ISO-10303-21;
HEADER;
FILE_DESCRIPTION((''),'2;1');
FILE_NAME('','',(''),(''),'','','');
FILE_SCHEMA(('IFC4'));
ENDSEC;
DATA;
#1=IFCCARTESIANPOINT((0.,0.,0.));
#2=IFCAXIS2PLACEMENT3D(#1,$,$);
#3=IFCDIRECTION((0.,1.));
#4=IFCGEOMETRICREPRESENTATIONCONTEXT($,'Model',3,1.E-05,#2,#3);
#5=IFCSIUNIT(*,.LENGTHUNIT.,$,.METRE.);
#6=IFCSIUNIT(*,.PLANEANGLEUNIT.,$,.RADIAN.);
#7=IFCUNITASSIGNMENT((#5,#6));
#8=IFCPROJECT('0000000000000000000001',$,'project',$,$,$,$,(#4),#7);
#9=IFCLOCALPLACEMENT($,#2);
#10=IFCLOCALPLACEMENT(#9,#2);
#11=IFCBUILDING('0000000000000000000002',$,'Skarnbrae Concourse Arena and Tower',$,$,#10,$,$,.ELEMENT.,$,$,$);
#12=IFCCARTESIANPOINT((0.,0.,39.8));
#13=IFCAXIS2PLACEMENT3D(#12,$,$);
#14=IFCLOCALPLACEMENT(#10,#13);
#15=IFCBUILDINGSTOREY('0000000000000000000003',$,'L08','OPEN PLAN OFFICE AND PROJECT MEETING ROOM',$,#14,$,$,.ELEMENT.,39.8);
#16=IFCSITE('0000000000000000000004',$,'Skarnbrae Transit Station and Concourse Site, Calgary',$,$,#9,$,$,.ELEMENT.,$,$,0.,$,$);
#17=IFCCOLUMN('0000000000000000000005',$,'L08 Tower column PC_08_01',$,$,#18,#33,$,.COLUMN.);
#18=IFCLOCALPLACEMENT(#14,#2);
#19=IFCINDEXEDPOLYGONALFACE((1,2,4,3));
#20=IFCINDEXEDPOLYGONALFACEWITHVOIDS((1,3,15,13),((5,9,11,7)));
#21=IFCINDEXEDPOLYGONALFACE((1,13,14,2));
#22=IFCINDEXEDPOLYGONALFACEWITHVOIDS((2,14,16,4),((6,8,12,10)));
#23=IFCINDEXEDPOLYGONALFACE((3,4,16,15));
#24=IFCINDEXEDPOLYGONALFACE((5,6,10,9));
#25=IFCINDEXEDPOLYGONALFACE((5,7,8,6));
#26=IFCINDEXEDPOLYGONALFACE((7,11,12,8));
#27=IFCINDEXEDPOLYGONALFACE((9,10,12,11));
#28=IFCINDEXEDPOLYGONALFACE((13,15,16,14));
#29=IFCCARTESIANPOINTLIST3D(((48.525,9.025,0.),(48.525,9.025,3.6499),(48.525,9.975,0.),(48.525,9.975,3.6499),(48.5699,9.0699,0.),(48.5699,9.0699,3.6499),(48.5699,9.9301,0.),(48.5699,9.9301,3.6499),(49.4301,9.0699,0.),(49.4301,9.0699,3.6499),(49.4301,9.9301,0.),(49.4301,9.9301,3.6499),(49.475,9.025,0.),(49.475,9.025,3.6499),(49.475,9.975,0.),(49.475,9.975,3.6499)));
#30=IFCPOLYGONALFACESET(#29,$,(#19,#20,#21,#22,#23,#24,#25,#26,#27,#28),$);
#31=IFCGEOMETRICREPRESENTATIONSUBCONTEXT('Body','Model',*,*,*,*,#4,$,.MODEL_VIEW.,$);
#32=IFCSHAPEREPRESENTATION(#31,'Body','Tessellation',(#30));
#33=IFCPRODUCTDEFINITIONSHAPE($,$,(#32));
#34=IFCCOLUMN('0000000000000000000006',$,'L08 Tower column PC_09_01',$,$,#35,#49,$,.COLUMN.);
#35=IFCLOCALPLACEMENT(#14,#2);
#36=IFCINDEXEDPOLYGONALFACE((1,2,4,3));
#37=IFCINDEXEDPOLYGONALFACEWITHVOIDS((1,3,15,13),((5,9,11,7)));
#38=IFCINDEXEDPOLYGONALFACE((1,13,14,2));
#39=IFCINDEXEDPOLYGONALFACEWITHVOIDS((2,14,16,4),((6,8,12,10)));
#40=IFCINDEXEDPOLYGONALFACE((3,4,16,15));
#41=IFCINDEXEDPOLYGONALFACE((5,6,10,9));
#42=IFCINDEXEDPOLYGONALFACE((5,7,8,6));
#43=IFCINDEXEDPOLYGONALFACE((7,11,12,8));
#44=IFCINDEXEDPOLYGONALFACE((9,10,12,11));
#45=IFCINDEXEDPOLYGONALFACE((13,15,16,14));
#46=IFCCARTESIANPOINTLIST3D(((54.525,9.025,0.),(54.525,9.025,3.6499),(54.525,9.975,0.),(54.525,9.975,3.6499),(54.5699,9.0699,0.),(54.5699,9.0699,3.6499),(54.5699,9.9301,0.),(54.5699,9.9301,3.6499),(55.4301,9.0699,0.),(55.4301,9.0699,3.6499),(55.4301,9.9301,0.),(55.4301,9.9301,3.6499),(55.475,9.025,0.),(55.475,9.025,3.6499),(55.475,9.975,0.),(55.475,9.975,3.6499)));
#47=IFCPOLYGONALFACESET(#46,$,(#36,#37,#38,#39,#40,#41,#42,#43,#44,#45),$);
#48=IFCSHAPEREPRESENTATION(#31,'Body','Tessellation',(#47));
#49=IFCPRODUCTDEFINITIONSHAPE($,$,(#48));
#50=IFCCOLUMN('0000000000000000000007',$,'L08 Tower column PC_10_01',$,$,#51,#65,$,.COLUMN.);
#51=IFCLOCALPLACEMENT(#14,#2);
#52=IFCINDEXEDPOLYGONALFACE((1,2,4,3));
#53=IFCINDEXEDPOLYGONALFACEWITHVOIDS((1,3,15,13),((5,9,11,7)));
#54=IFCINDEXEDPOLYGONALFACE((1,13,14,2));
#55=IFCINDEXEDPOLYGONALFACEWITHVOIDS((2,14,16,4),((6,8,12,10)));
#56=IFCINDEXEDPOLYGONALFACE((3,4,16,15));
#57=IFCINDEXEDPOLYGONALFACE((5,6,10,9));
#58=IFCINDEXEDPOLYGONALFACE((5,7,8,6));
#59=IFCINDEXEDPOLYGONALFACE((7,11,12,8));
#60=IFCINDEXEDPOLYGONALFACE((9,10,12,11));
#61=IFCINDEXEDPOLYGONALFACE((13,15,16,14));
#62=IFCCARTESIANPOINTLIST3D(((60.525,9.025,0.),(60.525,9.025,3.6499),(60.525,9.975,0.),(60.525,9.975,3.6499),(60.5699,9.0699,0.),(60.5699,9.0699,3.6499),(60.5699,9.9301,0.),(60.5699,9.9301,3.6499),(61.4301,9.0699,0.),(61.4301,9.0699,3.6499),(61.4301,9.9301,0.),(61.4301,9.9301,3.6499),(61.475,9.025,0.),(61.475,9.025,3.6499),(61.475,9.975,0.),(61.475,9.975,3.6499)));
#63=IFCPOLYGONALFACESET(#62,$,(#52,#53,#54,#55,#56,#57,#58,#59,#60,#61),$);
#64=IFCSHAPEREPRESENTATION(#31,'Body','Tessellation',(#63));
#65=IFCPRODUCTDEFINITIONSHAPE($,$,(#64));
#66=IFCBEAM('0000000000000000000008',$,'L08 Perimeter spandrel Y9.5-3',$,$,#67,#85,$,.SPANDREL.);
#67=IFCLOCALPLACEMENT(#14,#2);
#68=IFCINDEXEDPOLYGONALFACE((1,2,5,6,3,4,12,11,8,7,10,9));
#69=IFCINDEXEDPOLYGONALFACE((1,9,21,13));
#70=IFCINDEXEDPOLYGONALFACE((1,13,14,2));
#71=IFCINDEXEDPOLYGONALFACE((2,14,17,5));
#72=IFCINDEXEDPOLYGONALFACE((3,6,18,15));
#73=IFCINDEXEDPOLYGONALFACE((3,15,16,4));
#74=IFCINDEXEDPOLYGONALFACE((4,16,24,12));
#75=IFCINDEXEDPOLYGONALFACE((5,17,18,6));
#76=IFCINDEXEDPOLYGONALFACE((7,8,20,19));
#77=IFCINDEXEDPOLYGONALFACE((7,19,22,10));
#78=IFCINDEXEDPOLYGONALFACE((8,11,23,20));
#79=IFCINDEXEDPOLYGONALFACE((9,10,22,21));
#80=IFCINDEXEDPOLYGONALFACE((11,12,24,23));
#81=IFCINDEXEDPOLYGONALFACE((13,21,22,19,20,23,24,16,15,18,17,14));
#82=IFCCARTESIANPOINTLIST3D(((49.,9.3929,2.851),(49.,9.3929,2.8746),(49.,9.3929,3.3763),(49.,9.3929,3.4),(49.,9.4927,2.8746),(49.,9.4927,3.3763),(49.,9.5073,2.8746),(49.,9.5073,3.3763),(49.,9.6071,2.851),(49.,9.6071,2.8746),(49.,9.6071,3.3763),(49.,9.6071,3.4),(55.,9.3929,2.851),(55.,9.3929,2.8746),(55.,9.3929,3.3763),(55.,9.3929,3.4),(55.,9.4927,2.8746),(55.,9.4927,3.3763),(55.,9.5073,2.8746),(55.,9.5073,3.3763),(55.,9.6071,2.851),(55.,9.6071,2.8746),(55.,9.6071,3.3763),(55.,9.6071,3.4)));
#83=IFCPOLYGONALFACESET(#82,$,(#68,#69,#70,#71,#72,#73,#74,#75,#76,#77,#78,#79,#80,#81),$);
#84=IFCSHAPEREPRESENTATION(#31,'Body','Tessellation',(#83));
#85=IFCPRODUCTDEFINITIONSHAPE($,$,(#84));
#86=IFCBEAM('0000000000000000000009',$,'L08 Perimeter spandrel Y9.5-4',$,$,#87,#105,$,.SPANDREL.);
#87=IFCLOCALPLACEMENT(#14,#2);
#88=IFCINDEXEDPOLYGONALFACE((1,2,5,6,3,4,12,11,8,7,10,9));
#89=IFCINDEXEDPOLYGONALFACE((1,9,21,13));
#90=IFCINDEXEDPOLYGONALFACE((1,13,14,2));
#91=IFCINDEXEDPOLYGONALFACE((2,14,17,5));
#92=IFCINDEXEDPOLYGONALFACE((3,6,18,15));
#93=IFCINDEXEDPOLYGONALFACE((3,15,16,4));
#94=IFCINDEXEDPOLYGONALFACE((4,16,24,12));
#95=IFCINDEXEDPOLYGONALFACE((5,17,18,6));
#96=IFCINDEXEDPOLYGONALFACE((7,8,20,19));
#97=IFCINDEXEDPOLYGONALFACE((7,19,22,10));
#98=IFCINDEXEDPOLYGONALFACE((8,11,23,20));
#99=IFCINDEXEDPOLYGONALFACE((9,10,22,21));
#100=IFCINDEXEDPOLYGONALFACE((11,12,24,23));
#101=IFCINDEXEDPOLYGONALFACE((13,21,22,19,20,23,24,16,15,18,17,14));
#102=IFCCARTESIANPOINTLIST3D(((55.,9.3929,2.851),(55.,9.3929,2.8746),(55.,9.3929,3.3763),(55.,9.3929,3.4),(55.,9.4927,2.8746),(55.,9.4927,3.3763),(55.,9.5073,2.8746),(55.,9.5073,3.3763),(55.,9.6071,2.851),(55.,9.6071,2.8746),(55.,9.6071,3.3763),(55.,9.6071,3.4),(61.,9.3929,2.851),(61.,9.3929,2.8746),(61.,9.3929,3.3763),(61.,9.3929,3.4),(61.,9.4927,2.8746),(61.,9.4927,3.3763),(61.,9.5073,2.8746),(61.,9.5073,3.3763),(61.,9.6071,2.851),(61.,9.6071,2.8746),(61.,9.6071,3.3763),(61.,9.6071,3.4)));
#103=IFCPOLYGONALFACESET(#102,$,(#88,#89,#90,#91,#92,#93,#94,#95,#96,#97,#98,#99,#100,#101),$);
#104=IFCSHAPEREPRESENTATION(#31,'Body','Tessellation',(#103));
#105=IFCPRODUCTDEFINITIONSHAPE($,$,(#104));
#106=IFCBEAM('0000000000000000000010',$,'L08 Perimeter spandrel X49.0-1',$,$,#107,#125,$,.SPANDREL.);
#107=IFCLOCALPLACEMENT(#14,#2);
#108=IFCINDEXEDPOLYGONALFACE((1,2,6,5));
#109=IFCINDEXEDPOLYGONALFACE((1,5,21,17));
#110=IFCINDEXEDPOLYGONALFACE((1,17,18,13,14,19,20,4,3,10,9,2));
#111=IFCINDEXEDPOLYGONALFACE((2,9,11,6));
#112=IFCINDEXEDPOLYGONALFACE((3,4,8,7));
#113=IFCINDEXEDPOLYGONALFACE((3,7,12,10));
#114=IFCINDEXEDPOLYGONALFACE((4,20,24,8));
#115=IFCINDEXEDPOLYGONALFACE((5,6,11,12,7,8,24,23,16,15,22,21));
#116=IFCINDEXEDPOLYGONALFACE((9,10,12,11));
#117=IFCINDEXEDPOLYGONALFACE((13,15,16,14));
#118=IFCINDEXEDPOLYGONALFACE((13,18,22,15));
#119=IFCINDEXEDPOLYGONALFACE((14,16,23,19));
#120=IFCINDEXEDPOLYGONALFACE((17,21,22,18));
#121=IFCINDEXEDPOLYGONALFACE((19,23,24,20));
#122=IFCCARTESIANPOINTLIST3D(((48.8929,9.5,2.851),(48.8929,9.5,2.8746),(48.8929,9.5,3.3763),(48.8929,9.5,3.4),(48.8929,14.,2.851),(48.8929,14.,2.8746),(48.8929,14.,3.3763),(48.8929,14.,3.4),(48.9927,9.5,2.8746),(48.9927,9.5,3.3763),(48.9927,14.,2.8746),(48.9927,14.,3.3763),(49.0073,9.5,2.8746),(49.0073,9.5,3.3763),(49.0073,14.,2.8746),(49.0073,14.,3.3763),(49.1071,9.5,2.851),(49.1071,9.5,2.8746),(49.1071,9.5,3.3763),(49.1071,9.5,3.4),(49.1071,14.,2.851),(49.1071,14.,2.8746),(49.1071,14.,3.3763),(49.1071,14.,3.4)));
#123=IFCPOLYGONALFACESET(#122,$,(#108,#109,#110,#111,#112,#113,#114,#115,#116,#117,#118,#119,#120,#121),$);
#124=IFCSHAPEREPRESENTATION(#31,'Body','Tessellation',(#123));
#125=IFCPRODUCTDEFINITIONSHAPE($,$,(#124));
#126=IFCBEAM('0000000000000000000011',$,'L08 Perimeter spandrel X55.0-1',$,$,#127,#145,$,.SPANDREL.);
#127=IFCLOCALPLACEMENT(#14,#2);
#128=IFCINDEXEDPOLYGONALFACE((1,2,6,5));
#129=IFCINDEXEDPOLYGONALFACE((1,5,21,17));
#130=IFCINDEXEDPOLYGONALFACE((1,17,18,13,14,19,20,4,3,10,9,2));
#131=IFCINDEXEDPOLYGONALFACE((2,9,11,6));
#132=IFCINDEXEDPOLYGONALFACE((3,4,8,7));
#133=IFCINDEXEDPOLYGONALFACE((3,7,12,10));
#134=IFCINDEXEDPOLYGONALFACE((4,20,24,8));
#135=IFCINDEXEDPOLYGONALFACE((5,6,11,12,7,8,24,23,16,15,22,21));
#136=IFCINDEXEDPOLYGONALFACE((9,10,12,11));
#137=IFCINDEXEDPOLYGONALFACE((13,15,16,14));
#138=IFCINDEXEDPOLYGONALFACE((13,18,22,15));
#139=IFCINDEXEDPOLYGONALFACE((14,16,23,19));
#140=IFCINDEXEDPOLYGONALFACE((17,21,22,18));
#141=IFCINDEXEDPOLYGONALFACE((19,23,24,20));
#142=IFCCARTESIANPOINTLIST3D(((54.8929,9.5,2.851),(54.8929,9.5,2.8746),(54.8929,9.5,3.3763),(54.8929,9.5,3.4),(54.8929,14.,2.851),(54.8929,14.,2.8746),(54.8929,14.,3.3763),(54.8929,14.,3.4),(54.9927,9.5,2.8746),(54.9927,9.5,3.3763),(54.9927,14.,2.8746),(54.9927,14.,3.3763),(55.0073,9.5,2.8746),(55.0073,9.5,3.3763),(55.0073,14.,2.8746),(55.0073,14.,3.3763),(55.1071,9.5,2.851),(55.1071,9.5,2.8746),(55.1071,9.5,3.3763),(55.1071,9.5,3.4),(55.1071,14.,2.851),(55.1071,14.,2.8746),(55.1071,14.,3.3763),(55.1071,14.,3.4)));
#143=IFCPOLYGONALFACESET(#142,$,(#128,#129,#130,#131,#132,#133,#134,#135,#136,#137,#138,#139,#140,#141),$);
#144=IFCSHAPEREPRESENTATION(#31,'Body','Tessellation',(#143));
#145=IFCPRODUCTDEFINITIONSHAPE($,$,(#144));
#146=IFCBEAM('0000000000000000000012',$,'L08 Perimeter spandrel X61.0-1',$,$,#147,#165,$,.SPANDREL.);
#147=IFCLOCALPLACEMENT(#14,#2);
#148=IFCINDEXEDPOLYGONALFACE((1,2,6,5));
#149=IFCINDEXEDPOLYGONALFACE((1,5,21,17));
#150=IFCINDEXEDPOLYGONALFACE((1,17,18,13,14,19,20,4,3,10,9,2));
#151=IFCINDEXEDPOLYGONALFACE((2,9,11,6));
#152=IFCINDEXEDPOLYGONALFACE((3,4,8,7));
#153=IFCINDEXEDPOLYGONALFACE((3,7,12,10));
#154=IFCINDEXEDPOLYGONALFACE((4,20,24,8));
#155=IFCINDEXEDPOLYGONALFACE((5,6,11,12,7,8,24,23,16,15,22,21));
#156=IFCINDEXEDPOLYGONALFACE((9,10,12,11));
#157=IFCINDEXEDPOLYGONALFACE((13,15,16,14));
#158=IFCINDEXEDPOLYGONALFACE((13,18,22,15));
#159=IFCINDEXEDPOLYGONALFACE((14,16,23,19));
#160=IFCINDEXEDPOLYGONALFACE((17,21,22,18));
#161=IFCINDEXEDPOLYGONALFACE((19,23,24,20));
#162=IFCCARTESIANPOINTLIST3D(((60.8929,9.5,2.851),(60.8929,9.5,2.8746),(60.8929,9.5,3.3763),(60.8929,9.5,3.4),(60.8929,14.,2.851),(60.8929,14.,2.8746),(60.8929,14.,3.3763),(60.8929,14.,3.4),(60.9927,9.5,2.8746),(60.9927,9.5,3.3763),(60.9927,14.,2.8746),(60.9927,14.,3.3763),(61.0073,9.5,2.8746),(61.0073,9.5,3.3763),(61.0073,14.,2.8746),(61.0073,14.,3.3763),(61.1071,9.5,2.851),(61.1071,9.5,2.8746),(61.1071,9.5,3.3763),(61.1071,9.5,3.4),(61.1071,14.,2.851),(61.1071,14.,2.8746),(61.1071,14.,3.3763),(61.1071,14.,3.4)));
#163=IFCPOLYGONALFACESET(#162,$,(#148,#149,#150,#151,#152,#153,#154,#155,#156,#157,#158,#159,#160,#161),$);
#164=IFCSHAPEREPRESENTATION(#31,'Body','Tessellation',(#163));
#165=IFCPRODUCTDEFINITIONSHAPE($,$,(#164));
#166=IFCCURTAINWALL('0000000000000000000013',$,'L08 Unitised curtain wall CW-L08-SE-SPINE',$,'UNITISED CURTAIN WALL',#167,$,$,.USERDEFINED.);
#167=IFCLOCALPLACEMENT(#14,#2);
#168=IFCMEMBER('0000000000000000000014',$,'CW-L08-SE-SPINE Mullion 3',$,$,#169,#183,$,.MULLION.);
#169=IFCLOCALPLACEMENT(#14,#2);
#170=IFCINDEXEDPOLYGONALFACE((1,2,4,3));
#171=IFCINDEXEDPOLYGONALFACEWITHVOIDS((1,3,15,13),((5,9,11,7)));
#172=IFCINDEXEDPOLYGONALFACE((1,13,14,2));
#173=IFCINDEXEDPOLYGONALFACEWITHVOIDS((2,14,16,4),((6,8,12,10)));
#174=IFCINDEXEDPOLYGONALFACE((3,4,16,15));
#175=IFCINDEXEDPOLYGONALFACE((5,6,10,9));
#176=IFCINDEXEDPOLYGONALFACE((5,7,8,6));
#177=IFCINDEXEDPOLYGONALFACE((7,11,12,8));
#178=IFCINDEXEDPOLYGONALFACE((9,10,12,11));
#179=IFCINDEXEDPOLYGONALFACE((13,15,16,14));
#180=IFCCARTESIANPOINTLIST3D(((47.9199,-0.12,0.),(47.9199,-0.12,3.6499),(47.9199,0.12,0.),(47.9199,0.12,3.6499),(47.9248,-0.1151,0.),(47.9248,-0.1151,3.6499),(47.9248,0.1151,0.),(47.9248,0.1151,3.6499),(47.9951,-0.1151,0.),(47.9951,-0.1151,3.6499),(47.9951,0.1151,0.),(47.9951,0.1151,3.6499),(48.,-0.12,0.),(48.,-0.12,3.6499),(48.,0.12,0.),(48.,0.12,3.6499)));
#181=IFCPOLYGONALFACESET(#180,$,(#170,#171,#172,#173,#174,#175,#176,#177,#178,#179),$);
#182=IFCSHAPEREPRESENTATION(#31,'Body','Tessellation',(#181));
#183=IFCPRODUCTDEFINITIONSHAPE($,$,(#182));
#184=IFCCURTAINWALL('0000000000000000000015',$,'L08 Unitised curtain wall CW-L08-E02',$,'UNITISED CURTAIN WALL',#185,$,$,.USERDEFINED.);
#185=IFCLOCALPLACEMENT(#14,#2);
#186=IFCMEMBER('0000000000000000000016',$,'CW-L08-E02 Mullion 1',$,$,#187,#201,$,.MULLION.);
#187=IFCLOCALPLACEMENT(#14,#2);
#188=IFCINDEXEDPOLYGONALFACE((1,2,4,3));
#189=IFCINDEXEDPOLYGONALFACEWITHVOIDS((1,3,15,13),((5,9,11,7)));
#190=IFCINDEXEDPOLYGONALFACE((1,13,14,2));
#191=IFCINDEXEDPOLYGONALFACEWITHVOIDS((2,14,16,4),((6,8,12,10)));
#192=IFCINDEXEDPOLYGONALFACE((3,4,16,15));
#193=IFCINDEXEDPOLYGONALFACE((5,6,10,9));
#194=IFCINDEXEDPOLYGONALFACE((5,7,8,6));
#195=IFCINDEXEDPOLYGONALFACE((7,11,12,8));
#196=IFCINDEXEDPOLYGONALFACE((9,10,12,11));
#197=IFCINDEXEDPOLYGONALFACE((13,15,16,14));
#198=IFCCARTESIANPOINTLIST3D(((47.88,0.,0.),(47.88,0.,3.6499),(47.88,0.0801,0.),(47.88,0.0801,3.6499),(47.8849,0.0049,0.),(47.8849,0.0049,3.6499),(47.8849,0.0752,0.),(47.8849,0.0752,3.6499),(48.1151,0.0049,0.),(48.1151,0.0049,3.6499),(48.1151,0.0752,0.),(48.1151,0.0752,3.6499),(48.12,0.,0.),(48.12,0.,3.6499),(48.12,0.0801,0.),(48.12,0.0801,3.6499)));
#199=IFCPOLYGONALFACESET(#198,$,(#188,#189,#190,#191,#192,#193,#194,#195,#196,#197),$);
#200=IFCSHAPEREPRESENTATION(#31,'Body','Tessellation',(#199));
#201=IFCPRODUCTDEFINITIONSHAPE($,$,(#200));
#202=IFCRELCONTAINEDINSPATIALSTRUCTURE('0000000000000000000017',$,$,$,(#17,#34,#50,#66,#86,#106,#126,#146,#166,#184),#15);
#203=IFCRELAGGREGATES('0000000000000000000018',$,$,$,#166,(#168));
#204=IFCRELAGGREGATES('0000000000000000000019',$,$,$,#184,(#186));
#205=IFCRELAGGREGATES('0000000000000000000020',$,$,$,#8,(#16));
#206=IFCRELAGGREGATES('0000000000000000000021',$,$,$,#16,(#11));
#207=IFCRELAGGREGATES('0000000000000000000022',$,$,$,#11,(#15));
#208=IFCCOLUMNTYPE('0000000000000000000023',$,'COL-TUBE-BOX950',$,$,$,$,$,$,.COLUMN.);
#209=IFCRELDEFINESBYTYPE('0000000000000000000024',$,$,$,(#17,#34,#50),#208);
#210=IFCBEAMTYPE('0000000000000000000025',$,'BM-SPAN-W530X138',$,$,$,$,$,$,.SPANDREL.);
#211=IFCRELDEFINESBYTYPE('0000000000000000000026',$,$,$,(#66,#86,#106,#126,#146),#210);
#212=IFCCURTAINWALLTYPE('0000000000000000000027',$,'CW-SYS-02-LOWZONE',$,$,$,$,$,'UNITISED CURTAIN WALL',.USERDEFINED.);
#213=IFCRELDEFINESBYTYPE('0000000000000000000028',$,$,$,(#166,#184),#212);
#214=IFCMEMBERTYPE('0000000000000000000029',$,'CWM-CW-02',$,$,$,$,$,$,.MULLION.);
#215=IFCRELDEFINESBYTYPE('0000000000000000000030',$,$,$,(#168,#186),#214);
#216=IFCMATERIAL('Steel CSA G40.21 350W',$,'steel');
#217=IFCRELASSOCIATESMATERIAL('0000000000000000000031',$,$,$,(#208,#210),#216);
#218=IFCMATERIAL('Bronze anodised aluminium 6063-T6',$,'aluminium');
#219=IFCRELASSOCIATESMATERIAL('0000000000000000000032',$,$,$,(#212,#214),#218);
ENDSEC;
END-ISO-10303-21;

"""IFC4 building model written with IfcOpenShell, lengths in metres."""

from ifc_helpers import new_model, si_unit, direction, frame, origin, origin_2d, place, context, subcontext, project, spatial, hollow_rectangle, i_section, extrude, source, transform, mapped, material, material_profile, profile_set, type_object, element, aggregate, save


model = new_model("IFC4")

# Units and contexts
model_context = context("Model", 3, precision=1e-05, world=origin(), true_north=direction((0.0, 1.0)))
body_context = subcontext(model_context, "Body", "Model", "MODEL_VIEW")
ifc_project = project(units=[si_unit("LENGTHUNIT", "METRE"), si_unit("PLANEANGLEUNIT", "RADIAN")], contexts=[model_context])

# Site, building, storey
site_placement = place(None, origin())
site = spatial("IfcSite", under=ifc_project, at=site_placement, Name="Skarnbrae Transit Station and Concourse Site, Calgary", CompositionType="ELEMENT", RefElevation=0.0)
building_placement = place(site_placement, origin())
building = spatial("IfcBuilding", under=site, at=building_placement, Name="Skarnbrae Concourse Arena and Tower", CompositionType="ELEMENT")
storey_placement = place(building_placement, frame((0.0, 0.0, 39.8)))
storey = spatial("IfcBuildingStorey", under=building, at=storey_placement, Name="L08", Description="OPEN PLAN OFFICE AND PROJECT MEETING ROOM", CompositionType="ELEMENT", Elevation=39.8)

# Columns
ifc_material_1 = material(Name="Steel CSA G40.21 350W", Category="steel")
ifc_material_profile_1 = material_profile(ifc_material_1, hollow_rectangle(XDim=0.95, YDim=0.95, WallThickness=0.0449, at=origin_2d()), Name="BOX950X950X45")
ifc_profile_set_1 = profile_set([ifc_material_profile_1], Name="Steel CSA G40.21 350W")
column_type = type_object("IfcColumnType", Name="COL-TUBE-BOX950", PredefinedType="COLUMN", material=ifc_profile_set_1)
shared_shape_1 = source(origin(), body_context, "Body", "SweptSolid", [
    extrude(hollow_rectangle(XDim=0.95, YDim=0.95, WallThickness=0.0449, at=origin_2d()), origin(), (0.0, 0.0, 1.0), 3.6499),
])
for number, where, z_axis, x_axis, name in (
    (1, (49.0, 9.5, 0.0), (0.0, 0.0, 1.0), (1.0, 0.0, 0.0), "L08 Tower column PC_08_01"),
    (2, (55.0, 9.5, 0.0), (0.0, 0.0, 1.0), (1.0, 0.0, 0.0), "L08 Tower column PC_09_01"),
    (3, (61.0, 9.5, 0.0), (0.0, 0.0, 1.0), (1.0, 0.0, 0.0), "L08 Tower column PC_10_01"),
):
    element("IfcColumn", number, at=place(storey_placement, frame(where, z_axis=z_axis, x_axis=x_axis)), inside=storey, type_object=column_type, Name=name, PredefinedType="COLUMN", context=body_context, shape_type="MappedRepresentation", body=[
        mapped(shared_shape_1, transform((0.0, 0.0, 0.0))),
    ])

# Beams
ifc_material_profile_2 = material_profile(ifc_material_1, i_section(OverallWidth=0.2141, OverallDepth=0.5491, WebThickness=0.0146, FlangeThickness=0.0237, at=origin_2d()), Name="W530X138")
ifc_profile_set_2 = profile_set([ifc_material_profile_2], Name="Steel CSA G40.21 350W")
beam_type = type_object("IfcBeamType", Name="BM-SPAN-W530X138", PredefinedType="SPANDREL", material=ifc_profile_set_2)
shared_shape_2 = source(origin(), body_context, "Body", "SweptSolid", [
    extrude(i_section(OverallWidth=0.2141, OverallDepth=0.5491, WebThickness=0.0146, FlangeThickness=0.0237, at=origin_2d()), origin(), (0.0, 0.0, 1.0), 6.0),
])
for number, where, z_axis, x_axis, name in (
    (4, (49.0, 9.5, 3.1255), (1.0, 0.0, 0.0), (0.0, 1.0, 0.0), "L08 Perimeter spandrel Y9.5-3"),
    (5, (55.0, 9.5, 3.1255), (1.0, 0.0, 0.0), (0.0, 1.0, 0.0), "L08 Perimeter spandrel Y9.5-4"),
):
    element("IfcBeam", number, at=place(storey_placement, frame(where, z_axis=z_axis, x_axis=x_axis)), inside=storey, type_object=beam_type, Name=name, PredefinedType="SPANDREL", context=body_context, shape_type="MappedRepresentation", body=[
        mapped(shared_shape_2, transform((0.0, 0.0, 0.0))),
    ])
shared_shape_3 = source(origin(), body_context, "Body", "SweptSolid", [
    extrude(i_section(OverallWidth=0.2141, OverallDepth=0.5491, WebThickness=0.0146, FlangeThickness=0.0237, at=origin_2d()), origin(), (0.0, 0.0, 1.0), 4.5),
])
for number, where, z_axis, x_axis, name in (
    (6, (49.0, 9.5, 3.1255), (0.0, 1.0, 0.0), (-1.0, 0.0, 0.0), "L08 Perimeter spandrel X49.0-1"),
    (7, (55.0, 9.5, 3.1255), (0.0, 1.0, 0.0), (-1.0, 0.0, 0.0), "L08 Perimeter spandrel X55.0-1"),
    (8, (61.0, 9.5, 3.1255), (0.0, 1.0, 0.0), (-1.0, 0.0, 0.0), "L08 Perimeter spandrel X61.0-1"),
):
    element("IfcBeam", number, at=place(storey_placement, frame(where, z_axis=z_axis, x_axis=x_axis)), inside=storey, type_object=beam_type, Name=name, PredefinedType="SPANDREL", context=body_context, shape_type="MappedRepresentation", body=[
        mapped(shared_shape_3, transform((0.0, 0.0, 0.0))),
    ])

# Curtain wall, member
ifc_material_2 = material(Name="Bronze anodised aluminium 6063-T6", Category="aluminium")
curtain_wall_type = type_object("IfcCurtainWallType", Name="CW-SYS-02-LOWZONE", ElementType="UNITISED CURTAIN WALL", PredefinedType="USERDEFINED", material=ifc_material_2)
curtain_wall_1_placement = place(storey_placement, origin())
curtain_wall_1 = element("IfcCurtainWall", 9, at=curtain_wall_1_placement, inside=storey, type_object=curtain_wall_type, Name="L08 Unitised curtain wall CW-L08-SE-SPINE", ObjectType="UNITISED CURTAIN WALL", PredefinedType="USERDEFINED")
ifc_material_profile_3 = material_profile(ifc_material_2, hollow_rectangle(XDim=0.0801, YDim=0.24, WallThickness=0.0049, at=origin_2d()), Name="ALU-MULL-80X240")
ifc_profile_set_3 = profile_set([ifc_material_profile_3], Name="Bronze anodised aluminium 6063-T6")
member_type_1 = type_object("IfcMemberType", Name="CWM-CW-02", PredefinedType="MULLION", material=ifc_profile_set_3)
shared_shape_4 = source(origin(), body_context, "Body", "SweptSolid", [
    extrude(hollow_rectangle(XDim=0.0801, YDim=0.24, WallThickness=0.0049, at=origin_2d()), origin(), (0.0, 0.0, 1.0), 3.6499),
])
member_1_placement = place(storey_placement, frame((47.96, 0.0, 0.0), z_axis=(0.0, 0.0, 1.0), x_axis=(1.0, 0.0, 0.0)))
member_1 = element("IfcMember", 10, at=member_1_placement, type_object=member_type_1, Name="CW-L08-SE-SPINE Mullion 3", PredefinedType="MULLION", context=body_context, shape_type="MappedRepresentation", body=[
    mapped(shared_shape_4, transform((0.0, 0.0, 0.0))),
])
aggregate(curtain_wall_1, [member_1])

# Curtain wall, member
curtain_wall_2_placement = place(storey_placement, origin())
curtain_wall_2 = element("IfcCurtainWall", 11, at=curtain_wall_2_placement, inside=storey, type_object=curtain_wall_type, Name="L08 Unitised curtain wall CW-L08-E02", ObjectType="UNITISED CURTAIN WALL", PredefinedType="USERDEFINED")
member_2_placement = place(storey_placement, frame((48.0, 0.04, 0.0), z_axis=(0.0, 0.0, 1.0), x_axis=(0.0, 1.0, 0.0)))
member_2 = element("IfcMember", 12, at=member_2_placement, type_object=member_type_1, Name="CW-L08-E02 Mullion 1", PredefinedType="MULLION", context=body_context, shape_type="MappedRepresentation", body=[
    mapped(shared_shape_4, transform((0.0, 0.0, 0.0))),
])

aggregate(curtain_wall_2, [member_2])

save(model, "model.ifc")
